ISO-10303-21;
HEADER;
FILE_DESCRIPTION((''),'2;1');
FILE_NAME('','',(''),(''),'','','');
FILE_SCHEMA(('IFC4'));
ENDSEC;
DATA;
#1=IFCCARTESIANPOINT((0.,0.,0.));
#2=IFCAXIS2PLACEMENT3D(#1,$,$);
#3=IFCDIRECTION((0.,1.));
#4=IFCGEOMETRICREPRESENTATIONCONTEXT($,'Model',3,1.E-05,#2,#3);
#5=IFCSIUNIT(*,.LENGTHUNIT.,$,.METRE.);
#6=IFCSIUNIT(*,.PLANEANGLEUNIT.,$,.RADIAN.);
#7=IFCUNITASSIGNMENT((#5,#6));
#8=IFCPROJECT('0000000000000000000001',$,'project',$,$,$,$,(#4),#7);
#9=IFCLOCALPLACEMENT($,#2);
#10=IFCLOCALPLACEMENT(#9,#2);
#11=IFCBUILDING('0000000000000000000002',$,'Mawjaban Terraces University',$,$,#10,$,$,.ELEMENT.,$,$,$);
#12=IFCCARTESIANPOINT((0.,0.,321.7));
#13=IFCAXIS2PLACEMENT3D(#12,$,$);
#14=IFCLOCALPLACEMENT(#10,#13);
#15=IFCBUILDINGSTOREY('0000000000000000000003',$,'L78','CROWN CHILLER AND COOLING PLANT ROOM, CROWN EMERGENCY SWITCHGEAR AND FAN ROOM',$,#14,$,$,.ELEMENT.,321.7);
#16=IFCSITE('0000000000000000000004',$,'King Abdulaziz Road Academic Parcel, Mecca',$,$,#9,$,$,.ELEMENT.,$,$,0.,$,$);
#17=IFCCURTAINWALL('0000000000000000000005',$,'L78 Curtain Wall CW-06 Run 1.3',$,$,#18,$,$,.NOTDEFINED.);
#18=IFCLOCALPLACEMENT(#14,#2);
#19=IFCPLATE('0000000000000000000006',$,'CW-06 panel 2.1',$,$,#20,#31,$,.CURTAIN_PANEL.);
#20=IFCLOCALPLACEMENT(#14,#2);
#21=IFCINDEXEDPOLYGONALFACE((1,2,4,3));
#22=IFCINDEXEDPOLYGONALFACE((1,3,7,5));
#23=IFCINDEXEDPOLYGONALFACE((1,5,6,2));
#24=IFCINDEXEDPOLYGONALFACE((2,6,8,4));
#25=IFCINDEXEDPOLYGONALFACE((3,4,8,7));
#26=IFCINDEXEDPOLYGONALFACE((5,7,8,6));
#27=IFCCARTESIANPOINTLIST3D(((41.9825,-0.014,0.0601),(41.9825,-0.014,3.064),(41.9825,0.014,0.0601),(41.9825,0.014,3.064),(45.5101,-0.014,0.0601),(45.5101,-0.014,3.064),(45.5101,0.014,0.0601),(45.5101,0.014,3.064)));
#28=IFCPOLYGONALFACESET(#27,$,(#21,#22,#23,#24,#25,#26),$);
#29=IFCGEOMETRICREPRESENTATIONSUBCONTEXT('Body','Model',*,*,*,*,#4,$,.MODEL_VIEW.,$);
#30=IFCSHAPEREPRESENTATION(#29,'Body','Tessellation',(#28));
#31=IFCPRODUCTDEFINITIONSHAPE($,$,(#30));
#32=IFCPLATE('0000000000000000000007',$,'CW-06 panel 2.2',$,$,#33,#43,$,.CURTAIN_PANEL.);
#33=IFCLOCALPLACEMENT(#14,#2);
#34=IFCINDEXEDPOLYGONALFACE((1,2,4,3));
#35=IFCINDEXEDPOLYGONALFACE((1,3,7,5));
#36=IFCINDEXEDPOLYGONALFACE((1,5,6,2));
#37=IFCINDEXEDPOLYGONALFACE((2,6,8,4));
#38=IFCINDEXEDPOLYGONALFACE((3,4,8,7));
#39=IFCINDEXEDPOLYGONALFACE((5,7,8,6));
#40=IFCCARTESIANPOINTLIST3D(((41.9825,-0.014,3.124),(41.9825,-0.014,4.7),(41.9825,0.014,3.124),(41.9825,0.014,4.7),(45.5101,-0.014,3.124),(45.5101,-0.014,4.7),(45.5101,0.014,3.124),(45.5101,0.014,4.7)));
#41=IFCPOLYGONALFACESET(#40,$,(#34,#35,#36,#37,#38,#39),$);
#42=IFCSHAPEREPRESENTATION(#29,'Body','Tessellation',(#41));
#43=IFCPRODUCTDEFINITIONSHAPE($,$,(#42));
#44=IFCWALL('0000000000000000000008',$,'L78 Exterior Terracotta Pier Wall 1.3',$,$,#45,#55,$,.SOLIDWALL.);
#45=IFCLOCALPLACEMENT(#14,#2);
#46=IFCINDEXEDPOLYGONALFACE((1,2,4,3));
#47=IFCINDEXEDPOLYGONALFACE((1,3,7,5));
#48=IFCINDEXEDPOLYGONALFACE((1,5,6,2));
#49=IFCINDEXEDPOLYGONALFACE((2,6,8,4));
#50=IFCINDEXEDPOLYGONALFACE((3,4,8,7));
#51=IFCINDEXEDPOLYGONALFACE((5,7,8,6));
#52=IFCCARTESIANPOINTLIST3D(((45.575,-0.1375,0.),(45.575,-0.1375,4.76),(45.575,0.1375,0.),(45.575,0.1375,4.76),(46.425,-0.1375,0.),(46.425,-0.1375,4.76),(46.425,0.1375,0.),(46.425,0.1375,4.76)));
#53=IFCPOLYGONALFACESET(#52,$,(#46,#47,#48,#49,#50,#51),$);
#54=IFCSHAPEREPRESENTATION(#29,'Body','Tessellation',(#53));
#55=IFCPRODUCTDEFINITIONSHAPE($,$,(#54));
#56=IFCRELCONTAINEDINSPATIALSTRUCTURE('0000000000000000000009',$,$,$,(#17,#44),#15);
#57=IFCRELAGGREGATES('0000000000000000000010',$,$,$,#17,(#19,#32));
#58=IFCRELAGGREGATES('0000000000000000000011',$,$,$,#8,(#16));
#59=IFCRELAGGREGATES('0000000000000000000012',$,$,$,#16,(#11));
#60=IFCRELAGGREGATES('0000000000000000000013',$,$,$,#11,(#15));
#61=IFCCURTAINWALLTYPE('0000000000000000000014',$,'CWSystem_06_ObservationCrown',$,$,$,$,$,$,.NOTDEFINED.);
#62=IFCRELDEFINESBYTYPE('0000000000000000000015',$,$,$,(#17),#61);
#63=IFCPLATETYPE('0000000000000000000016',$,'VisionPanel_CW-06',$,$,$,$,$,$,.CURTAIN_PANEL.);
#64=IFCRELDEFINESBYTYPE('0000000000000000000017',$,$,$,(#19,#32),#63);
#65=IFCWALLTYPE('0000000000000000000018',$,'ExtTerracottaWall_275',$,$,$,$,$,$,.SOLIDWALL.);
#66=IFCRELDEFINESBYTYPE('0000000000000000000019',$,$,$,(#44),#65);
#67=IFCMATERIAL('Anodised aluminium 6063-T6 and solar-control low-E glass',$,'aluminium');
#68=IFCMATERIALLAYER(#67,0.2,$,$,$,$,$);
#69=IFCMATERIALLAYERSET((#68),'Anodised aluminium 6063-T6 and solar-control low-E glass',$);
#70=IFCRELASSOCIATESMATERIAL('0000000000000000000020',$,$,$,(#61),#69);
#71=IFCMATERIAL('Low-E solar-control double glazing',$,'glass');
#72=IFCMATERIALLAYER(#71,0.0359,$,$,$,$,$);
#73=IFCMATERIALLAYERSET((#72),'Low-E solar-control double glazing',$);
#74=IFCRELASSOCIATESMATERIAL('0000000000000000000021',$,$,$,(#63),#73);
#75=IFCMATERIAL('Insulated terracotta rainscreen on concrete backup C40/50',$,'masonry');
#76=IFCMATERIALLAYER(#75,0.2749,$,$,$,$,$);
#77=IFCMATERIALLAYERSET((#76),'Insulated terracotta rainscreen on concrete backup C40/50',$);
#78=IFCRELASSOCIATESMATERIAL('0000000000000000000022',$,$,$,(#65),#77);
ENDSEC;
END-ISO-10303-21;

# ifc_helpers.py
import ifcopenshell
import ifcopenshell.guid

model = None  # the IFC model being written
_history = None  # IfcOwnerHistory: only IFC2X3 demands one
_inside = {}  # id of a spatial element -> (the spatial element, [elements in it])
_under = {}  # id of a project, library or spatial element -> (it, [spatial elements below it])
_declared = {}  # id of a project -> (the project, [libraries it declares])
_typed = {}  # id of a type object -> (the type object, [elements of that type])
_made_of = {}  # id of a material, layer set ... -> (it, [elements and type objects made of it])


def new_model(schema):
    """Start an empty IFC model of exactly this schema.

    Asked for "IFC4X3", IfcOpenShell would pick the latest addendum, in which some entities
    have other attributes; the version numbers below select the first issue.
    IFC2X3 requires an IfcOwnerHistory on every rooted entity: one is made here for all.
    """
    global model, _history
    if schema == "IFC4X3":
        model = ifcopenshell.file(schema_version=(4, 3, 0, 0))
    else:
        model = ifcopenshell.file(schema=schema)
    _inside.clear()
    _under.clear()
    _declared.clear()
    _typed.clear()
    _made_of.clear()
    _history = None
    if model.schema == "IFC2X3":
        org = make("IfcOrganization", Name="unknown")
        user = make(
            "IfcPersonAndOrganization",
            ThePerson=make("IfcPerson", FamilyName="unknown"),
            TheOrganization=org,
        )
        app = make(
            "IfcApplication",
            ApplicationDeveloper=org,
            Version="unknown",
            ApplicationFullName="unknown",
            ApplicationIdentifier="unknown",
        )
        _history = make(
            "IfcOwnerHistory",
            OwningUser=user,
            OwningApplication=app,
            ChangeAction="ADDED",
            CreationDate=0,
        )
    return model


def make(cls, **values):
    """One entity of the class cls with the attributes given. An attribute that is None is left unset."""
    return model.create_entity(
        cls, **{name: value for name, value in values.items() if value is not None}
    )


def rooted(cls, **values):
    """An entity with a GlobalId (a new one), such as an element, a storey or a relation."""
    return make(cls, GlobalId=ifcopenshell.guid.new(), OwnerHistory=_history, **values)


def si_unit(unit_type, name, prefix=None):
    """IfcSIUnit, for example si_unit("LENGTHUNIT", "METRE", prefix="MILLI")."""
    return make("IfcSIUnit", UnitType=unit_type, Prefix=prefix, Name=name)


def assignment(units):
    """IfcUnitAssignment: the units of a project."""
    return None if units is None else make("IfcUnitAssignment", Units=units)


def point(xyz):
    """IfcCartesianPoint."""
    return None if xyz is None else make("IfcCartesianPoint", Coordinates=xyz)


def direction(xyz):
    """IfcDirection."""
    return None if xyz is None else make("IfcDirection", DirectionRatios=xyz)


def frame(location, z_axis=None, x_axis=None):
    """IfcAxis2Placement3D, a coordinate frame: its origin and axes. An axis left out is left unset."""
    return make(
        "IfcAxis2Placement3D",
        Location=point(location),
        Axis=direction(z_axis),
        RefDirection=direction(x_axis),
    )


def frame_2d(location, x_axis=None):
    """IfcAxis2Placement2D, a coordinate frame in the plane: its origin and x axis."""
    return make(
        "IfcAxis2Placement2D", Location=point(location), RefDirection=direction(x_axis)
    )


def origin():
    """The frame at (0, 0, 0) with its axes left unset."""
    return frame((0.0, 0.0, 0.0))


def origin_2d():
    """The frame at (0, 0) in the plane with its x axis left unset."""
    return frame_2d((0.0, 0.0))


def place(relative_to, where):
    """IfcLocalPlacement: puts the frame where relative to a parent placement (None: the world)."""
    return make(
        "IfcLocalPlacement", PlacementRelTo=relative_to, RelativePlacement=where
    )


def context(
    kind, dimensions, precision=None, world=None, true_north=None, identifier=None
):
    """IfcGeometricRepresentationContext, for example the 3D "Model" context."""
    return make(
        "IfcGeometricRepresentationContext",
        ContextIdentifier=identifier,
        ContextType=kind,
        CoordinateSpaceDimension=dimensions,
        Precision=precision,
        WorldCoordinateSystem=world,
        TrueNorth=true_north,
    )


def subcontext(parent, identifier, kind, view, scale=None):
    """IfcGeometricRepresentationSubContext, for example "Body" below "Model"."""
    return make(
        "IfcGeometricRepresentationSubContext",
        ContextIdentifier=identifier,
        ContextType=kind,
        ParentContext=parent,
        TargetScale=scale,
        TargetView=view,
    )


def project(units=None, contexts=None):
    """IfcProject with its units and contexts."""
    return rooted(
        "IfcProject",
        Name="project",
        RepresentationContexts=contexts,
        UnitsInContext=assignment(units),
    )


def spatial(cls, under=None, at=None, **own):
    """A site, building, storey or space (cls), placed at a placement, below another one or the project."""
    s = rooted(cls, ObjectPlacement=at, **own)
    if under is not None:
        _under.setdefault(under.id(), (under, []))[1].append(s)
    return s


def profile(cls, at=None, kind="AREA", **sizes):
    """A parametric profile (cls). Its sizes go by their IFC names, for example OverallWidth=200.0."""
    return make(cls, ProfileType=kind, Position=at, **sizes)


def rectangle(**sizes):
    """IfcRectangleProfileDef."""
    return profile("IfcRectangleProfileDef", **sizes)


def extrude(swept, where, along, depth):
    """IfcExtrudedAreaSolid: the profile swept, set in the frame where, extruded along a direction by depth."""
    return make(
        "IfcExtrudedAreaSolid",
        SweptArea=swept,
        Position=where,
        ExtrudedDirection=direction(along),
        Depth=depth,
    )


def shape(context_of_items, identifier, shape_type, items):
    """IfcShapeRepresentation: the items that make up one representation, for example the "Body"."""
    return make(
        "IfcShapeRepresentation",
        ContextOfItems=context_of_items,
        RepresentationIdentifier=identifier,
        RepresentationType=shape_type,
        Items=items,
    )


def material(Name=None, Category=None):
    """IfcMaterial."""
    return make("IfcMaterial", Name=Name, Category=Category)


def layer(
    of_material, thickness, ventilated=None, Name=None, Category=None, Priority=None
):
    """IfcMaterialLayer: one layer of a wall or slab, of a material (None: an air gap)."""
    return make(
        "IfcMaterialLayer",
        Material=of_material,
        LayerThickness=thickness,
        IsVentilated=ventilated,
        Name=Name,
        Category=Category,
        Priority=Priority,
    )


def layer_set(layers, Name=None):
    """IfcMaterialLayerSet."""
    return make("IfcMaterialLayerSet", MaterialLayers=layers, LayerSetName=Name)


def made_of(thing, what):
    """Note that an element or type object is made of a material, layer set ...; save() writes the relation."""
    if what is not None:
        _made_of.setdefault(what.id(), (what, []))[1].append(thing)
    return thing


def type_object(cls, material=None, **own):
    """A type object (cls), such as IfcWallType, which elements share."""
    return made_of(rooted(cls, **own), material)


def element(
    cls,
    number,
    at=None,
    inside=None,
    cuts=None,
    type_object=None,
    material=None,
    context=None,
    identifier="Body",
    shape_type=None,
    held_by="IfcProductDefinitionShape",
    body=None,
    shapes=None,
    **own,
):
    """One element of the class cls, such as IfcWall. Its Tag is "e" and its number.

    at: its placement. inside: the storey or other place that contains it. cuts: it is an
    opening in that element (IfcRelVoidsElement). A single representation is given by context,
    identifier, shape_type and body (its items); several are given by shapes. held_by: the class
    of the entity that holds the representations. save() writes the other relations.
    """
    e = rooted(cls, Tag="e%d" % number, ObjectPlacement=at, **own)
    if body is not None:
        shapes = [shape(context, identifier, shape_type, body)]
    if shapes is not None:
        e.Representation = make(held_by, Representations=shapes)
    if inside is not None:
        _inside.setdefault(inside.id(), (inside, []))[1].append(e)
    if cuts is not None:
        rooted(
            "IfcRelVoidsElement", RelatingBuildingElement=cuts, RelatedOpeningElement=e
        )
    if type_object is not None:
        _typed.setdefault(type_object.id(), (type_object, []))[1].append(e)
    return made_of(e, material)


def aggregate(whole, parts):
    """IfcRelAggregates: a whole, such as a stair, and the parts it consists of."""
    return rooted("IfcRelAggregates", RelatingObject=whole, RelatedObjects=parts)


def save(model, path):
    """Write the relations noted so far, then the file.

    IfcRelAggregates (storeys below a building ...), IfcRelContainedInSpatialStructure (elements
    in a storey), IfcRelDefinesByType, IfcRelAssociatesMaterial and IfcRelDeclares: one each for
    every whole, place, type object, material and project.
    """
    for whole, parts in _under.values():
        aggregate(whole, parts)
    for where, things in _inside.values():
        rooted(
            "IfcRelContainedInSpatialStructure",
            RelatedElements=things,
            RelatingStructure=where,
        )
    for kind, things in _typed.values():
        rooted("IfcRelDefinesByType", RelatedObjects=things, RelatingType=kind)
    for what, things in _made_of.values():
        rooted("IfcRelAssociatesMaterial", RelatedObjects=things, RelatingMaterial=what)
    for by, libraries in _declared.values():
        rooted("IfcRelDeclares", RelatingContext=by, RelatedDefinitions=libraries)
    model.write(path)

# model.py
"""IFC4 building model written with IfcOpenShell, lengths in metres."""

from ifc_helpers import new_model, si_unit, direction, frame, frame_2d, origin, origin_2d, place, context, subcontext, project, spatial, rectangle, extrude, material, layer, layer_set, type_object, element, aggregate, save


model = new_model("IFC4")

# Units and contexts
model_context = context("Model", 3, precision=1e-05, world=origin(), true_north=direction((0.0, 1.0)))
body_context = subcontext(model_context, "Body", "Model", "MODEL_VIEW")
ifc_project = project(units=[si_unit("LENGTHUNIT", "METRE"), si_unit("PLANEANGLEUNIT", "RADIAN")], contexts=[model_context])

# Site, building, storey
site_placement = place(None, origin())
site = spatial("IfcSite", under=ifc_project, at=site_placement, Name="King Abdulaziz Road Academic Parcel, Mecca", CompositionType="ELEMENT", RefElevation=0.0)
building_placement = place(site_placement, origin())
building = spatial("IfcBuilding", under=site, at=building_placement, Name="Mawjaban Terraces University", CompositionType="ELEMENT")
storey_placement = place(building_placement, frame((0.0, 0.0, 321.7)))
storey = spatial("IfcBuildingStorey", under=building, at=storey_placement, Name="L78", Description="CROWN CHILLER AND COOLING PLANT ROOM, CROWN EMERGENCY SWITCHGEAR AND FAN ROOM", CompositionType="ELEMENT", Elevation=321.7)

# Curtain wall
ifc_material_1 = material(Name="Anodised aluminium 6063-T6 and solar-control low-E glass", Category="aluminium")
ifc_layer_1 = layer(ifc_material_1, 0.2)
ifc_layer_set_1 = layer_set([ifc_layer_1], Name="Anodised aluminium 6063-T6 and solar-control low-E glass")
curtain_wall_type = type_object("IfcCurtainWallType", Name="CWSystem_06_ObservationCrown", PredefinedType="NOTDEFINED", material=ifc_layer_set_1)
curtain_wall_1_placement = place(storey_placement, origin())
curtain_wall_1 = element("IfcCurtainWall", 1, at=curtain_wall_1_placement, inside=storey, type_object=curtain_wall_type, Name="L78 Curtain Wall CW-06 Run 1.3", PredefinedType="NOTDEFINED")

# Plates
ifc_material_2 = material(Name="Low-E solar-control double glazing", Category="glass")
ifc_layer_2 = layer(ifc_material_2, 0.0359)
ifc_layer_set_2 = layer_set([ifc_layer_2], Name="Low-E solar-control double glazing")
plate_type = type_object("IfcPlateType", Name="VisionPanel_CW-06", PredefinedType="CURTAIN_PANEL", material=ifc_layer_set_2)
plate_1_placement = place(storey_placement, frame((43.7463, 0.0, 0.0601), z_axis=(0.0, 0.0, 1.0), x_axis=(1.0, 0.0, 0.0)))
plate_1 = element("IfcPlate", 2, at=plate_1_placement, type_object=plate_type, Name="CW-06 panel 2.1", PredefinedType="CURTAIN_PANEL", context=body_context, shape_type="SweptSolid", body=[
    extrude(rectangle(XDim=3.5276, YDim=0.0281, at=origin_2d()), origin(), (0.0, 0.0, 1.0), 3.0039),
])
plate_2_placement = place(storey_placement, frame((43.7463, 0.0, 3.124), z_axis=(0.0, 0.0, 1.0), x_axis=(1.0, 0.0, 0.0)))
plate_2 = element("IfcPlate", 3, at=plate_2_placement, type_object=plate_type, Name="CW-06 panel 2.2", PredefinedType="CURTAIN_PANEL", context=body_context, shape_type="SweptSolid", body=[
    extrude(rectangle(XDim=3.5276, YDim=0.0281, at=origin_2d()), origin(), (0.0, 0.0, 1.0), 1.5759),
])
aggregate(curtain_wall_1, [plate_1, plate_2])

# Wall
ifc_material_3 = material(Name="Insulated terracotta rainscreen on concrete backup C40/50", Category="masonry")
ifc_layer_3 = layer(ifc_material_3, 0.2749)
ifc_layer_set_3 = layer_set([ifc_layer_3], Name="Insulated terracotta rainscreen on concrete backup C40/50")
wall_type = type_object("IfcWallType", Name="ExtTerracottaWall_275", PredefinedType="SOLIDWALL", material=ifc_layer_set_3)
wall_placement = place(storey_placement, frame((45.575, 0.0, 0.0), z_axis=(0.0, 0.0, 1.0), x_axis=(1.0, 0.0, 0.0)))
element("IfcWall", 4, at=wall_placement, inside=storey, type_object=wall_type, Name="L78 Exterior Terracotta Pier Wall 1.3", PredefinedType="SOLIDWALL", context=body_context, shape_type="SweptSolid", body=[
    extrude(rectangle(XDim=0.8501, YDim=0.2749, at=frame_2d((0.425, 0.0))), origin(), (0.0, 0.0, 1.0), 4.76),
])

save(model, "model.ifc")
